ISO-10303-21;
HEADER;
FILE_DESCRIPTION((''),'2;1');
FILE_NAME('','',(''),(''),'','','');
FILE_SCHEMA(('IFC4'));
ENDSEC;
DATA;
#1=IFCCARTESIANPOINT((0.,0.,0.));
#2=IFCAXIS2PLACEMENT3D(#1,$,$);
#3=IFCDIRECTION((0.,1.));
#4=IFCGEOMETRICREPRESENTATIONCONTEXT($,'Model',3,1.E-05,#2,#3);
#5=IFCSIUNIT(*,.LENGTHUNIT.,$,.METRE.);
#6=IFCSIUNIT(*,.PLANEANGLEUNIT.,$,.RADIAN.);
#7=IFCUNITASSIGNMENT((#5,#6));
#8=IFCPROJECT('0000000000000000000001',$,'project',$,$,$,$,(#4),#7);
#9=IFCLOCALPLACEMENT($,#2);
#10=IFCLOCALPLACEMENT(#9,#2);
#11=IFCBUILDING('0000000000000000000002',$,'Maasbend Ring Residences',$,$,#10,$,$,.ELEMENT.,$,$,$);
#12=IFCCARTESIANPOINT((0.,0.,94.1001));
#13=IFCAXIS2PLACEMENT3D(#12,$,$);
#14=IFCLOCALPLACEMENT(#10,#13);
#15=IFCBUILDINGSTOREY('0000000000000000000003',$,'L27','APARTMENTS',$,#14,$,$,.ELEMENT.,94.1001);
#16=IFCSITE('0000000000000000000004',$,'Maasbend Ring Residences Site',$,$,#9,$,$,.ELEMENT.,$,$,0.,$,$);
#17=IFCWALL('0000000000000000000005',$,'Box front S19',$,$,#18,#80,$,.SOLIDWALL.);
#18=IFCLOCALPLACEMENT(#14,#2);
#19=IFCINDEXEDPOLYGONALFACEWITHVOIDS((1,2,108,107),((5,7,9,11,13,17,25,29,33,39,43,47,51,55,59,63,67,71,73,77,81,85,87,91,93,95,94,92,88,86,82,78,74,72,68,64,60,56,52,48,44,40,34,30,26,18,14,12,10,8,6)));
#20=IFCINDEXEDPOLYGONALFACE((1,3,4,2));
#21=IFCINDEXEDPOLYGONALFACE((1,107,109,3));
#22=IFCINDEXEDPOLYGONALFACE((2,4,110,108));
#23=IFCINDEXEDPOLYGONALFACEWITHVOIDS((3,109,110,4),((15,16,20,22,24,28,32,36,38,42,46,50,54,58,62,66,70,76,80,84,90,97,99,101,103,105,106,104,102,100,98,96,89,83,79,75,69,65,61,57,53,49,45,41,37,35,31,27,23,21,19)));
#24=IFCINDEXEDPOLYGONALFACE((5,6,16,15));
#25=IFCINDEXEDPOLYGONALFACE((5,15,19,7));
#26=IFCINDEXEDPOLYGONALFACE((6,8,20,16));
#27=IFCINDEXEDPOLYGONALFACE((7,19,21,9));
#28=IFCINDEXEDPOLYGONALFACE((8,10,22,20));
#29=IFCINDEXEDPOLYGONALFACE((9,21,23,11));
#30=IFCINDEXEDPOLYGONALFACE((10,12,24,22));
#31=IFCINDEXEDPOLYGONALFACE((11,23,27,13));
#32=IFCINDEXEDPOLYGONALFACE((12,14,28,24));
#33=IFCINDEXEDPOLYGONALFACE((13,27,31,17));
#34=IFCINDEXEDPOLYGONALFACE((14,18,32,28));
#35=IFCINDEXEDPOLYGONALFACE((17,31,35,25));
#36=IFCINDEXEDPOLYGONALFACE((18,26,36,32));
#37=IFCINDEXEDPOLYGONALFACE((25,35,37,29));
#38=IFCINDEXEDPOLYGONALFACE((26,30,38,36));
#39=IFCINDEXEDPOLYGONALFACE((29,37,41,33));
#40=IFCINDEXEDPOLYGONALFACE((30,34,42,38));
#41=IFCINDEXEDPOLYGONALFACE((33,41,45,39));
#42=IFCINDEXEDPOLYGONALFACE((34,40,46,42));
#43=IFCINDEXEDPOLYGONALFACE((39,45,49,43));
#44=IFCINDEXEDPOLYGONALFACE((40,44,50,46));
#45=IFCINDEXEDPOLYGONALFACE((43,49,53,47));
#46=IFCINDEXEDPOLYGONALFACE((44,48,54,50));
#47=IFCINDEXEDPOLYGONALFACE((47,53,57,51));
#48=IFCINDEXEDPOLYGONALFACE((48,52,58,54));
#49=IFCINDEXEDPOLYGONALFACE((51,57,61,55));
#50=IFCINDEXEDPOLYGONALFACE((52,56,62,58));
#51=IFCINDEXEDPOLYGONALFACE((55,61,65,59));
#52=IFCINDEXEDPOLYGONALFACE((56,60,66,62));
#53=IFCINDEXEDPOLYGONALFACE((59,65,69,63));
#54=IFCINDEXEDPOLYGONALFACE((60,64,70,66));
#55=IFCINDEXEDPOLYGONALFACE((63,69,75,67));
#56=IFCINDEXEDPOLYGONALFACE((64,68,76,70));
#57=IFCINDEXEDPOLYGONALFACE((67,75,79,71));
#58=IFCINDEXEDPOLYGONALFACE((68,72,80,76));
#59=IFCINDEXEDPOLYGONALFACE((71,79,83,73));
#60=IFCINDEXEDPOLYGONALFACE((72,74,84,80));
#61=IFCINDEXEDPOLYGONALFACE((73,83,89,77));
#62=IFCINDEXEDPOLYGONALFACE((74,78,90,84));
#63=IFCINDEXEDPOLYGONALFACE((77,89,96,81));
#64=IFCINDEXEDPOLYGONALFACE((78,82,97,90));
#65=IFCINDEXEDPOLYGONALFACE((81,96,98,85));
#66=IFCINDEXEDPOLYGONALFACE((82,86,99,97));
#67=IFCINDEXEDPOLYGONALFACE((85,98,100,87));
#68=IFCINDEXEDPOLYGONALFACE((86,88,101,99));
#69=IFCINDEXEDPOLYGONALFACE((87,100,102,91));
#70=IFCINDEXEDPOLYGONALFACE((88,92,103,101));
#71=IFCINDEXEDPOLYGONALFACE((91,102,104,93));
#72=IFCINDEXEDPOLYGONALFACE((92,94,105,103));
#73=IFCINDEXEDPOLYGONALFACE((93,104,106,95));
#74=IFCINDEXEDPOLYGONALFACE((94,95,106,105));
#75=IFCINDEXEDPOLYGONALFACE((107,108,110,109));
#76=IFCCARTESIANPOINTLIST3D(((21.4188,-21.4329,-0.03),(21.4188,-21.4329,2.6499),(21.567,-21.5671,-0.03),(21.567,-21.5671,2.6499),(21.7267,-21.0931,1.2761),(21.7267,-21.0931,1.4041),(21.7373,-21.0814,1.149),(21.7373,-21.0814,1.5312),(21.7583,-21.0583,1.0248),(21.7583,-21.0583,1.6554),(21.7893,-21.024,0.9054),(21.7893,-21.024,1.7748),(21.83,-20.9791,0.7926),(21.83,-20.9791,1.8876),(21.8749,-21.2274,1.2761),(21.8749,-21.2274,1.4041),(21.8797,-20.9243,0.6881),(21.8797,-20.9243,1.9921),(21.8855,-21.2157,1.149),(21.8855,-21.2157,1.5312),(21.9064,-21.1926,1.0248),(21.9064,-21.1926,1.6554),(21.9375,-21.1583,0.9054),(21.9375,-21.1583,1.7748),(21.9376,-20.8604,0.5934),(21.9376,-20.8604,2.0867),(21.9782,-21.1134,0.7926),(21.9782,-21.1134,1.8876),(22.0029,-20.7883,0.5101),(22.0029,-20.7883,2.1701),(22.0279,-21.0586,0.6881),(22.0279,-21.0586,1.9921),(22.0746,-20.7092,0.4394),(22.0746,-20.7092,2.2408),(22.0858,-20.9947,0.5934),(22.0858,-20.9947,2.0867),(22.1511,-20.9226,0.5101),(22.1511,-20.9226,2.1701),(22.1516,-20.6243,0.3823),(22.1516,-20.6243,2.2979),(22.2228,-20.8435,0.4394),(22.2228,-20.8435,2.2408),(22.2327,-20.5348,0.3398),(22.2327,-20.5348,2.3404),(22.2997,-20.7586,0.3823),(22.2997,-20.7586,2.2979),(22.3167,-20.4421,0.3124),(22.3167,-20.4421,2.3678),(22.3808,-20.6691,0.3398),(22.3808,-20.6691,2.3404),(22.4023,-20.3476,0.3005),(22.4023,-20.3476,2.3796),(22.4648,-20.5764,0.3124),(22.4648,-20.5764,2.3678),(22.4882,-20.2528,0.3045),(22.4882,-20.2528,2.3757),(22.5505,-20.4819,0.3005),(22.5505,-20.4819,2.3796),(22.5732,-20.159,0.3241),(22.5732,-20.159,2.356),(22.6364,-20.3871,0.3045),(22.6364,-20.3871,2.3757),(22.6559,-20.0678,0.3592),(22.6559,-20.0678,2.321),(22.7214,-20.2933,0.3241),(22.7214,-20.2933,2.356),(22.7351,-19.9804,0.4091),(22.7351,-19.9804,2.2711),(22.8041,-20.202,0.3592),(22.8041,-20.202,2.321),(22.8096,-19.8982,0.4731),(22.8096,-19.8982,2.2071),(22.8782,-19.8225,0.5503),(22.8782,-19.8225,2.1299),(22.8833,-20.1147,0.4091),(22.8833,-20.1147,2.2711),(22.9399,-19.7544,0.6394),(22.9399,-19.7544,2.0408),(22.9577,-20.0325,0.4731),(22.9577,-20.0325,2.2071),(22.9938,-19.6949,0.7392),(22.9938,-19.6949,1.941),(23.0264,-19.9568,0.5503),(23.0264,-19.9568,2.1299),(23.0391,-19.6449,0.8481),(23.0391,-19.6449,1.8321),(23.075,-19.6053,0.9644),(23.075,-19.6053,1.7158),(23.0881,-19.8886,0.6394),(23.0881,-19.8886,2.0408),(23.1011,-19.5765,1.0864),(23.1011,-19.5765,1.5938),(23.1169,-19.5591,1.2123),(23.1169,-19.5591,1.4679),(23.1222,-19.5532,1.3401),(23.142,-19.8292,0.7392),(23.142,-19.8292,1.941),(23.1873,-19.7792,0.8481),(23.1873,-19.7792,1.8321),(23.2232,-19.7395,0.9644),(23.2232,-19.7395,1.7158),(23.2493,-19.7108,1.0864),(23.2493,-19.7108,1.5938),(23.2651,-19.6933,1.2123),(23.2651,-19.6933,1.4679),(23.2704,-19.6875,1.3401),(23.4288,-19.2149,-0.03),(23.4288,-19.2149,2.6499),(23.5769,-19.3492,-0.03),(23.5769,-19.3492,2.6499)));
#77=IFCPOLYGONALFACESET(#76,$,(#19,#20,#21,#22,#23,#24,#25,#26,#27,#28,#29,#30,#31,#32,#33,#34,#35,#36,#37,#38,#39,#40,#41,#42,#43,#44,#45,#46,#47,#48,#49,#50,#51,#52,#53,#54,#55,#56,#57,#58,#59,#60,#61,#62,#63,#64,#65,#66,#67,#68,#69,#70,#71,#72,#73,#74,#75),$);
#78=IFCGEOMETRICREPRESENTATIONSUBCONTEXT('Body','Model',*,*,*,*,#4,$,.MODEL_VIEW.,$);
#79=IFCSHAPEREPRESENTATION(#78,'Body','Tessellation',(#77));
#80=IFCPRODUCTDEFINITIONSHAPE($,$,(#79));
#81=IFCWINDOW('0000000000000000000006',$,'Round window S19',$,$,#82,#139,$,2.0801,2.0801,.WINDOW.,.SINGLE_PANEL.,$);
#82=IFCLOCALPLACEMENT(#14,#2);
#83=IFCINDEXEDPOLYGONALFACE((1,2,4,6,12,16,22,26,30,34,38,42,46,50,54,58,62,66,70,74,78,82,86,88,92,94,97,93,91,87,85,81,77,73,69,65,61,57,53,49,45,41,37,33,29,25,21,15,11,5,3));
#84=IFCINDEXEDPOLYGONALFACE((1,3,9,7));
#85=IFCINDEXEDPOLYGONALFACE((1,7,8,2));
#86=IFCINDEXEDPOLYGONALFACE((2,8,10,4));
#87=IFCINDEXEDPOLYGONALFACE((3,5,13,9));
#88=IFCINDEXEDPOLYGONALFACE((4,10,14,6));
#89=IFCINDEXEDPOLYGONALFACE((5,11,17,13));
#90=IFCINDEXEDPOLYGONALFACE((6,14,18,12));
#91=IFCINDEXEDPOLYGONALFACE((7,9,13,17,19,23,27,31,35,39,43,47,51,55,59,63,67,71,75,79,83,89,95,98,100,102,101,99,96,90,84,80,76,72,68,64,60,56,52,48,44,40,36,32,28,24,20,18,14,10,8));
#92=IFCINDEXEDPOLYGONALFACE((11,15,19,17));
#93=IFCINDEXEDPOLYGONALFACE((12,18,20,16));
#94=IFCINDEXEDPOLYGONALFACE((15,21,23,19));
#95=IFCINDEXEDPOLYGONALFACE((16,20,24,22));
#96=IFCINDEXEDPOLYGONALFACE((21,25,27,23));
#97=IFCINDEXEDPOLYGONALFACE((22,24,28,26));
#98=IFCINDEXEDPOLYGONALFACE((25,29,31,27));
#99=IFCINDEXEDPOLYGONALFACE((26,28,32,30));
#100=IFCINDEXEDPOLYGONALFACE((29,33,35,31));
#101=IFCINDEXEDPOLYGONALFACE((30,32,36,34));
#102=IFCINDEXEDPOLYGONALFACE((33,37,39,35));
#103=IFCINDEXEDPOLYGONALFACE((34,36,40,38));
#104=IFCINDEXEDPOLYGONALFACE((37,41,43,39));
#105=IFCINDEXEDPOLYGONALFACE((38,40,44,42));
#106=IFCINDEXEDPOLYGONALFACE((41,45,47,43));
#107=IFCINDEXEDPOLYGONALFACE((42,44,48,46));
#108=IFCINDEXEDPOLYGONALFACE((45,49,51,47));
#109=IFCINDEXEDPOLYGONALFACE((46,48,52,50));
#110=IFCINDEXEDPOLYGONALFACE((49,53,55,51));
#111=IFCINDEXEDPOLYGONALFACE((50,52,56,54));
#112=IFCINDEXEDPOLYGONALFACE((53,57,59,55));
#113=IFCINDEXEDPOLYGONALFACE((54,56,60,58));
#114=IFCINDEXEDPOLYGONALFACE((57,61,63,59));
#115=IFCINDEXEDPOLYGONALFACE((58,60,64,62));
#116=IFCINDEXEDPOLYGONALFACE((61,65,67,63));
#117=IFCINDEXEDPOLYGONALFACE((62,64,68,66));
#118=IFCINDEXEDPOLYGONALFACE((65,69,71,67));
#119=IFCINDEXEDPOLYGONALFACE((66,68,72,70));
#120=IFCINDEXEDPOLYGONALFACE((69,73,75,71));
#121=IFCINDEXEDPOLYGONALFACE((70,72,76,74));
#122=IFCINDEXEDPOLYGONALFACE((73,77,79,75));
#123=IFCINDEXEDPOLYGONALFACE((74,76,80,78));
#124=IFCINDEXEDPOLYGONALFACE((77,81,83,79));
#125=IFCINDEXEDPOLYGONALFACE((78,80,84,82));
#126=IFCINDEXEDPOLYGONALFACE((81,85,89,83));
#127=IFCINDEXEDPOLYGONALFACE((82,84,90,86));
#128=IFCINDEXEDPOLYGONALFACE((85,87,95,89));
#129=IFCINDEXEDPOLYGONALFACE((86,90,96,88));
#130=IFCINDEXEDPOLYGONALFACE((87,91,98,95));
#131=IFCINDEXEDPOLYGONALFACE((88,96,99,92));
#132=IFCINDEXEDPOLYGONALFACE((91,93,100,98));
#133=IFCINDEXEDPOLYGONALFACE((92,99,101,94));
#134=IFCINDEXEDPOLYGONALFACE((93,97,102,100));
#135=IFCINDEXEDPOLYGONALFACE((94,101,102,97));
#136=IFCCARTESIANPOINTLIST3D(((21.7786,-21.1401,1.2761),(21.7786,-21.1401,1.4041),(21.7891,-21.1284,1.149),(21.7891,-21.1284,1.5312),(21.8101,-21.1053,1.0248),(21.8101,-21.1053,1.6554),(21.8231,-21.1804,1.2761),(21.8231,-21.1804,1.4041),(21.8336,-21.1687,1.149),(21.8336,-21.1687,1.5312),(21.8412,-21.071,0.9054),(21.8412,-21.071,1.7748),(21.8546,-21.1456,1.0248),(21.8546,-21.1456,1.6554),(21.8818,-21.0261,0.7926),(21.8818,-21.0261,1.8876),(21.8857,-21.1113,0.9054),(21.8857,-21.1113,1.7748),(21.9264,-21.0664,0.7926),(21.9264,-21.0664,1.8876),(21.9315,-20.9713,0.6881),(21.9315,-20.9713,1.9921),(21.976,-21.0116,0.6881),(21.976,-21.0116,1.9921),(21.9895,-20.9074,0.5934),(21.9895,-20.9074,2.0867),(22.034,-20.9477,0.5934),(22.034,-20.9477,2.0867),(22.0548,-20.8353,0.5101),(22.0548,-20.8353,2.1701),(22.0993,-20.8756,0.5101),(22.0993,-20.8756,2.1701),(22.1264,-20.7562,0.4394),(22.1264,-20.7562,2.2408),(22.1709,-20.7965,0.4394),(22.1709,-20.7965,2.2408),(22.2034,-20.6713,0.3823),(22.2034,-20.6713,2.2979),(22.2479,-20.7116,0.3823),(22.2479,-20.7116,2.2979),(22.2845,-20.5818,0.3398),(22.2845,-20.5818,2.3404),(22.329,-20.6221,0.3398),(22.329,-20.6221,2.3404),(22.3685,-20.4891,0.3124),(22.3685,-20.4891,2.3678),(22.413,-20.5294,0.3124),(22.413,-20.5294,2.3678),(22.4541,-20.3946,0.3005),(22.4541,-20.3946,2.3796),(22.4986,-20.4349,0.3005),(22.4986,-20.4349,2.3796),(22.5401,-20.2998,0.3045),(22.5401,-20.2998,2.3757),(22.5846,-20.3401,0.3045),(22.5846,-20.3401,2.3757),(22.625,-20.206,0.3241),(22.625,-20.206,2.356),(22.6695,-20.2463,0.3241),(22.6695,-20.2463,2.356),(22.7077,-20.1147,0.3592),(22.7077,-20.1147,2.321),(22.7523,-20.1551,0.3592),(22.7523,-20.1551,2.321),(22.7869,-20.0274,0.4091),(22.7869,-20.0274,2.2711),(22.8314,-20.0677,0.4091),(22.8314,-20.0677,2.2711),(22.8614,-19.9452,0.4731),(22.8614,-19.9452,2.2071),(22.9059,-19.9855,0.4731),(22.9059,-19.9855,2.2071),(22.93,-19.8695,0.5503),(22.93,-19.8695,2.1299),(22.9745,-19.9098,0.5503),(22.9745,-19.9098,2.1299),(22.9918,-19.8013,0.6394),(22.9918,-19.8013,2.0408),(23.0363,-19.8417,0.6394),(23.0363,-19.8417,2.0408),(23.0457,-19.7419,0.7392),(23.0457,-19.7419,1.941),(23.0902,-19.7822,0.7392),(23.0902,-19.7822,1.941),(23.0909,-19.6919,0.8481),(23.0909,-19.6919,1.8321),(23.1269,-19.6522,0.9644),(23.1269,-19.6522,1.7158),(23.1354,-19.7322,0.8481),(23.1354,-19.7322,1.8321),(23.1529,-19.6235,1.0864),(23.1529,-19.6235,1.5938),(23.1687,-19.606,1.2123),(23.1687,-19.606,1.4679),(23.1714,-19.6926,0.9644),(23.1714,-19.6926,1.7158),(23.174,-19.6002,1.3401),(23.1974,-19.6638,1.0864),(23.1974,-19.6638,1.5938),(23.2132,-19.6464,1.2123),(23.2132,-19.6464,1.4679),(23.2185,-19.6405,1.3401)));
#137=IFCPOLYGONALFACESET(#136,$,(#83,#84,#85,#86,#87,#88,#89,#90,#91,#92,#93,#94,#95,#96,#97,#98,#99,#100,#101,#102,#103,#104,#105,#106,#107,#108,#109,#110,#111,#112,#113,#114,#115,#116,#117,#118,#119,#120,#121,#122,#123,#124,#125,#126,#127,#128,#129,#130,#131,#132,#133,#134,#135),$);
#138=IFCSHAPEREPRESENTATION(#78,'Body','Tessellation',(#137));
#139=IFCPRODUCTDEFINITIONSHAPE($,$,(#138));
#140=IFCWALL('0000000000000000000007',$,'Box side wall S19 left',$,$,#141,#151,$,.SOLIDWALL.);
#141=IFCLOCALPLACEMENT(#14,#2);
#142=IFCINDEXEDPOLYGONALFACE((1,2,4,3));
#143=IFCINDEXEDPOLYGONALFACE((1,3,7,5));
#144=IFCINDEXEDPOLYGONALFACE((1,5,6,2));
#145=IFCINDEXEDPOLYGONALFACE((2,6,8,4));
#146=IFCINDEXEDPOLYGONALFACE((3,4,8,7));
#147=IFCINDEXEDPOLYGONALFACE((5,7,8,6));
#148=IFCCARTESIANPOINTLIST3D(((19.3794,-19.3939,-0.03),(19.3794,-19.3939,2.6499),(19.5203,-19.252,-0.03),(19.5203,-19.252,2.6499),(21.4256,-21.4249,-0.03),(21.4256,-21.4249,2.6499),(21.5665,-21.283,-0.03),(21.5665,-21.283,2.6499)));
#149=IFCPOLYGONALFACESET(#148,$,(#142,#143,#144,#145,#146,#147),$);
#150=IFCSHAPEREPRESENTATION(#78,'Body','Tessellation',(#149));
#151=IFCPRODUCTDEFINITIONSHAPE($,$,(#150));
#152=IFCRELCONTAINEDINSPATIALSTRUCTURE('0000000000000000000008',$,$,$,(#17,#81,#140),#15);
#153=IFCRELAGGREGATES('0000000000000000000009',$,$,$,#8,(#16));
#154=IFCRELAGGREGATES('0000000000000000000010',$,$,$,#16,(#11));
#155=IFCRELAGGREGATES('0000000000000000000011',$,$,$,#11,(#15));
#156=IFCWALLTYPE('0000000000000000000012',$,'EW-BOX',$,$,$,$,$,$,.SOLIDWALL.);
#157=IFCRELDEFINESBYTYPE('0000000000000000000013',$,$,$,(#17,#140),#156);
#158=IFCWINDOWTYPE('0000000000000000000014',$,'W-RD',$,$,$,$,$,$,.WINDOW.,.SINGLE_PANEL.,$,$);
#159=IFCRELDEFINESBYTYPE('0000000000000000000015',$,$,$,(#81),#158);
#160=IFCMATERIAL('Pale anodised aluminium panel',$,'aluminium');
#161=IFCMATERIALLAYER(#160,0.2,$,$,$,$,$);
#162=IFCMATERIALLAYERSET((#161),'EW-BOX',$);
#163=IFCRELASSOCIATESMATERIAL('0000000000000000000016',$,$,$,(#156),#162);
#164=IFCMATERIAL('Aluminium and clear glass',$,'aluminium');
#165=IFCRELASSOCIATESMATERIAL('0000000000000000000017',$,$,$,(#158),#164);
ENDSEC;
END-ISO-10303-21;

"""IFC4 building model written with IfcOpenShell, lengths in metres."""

from ifc_helpers import new_model, si_unit, direction, frame, frame_2d, origin, place, context, subcontext, project, spatial, rectangle, circle, extrude, material, layer, layer_set, type_object, element, fill, save


model = new_model("IFC4")

# Units and contexts
model_context = context("Model", 3, precision=1e-05, world=origin(), true_north=direction((0.0, 1.0)))
body_context = subcontext(model_context, "Body", "Model", "MODEL_VIEW")
ifc_project = project(units=[si_unit("LENGTHUNIT", "METRE"), si_unit("PLANEANGLEUNIT", "RADIAN")], contexts=[model_context])

# Site, building, storey
site_placement = place(None, origin())
site = spatial("IfcSite", under=ifc_project, at=site_placement, Name="Maasbend Ring Residences Site", CompositionType="ELEMENT", RefElevation=0.0)
building_placement = place(site_placement, origin())
building = spatial("IfcBuilding", under=site, at=building_placement, Name="Maasbend Ring Residences", CompositionType="ELEMENT")
storey_placement = place(building_placement, frame((0.0, 0.0, 94.1001)))
storey = spatial("IfcBuildingStorey", under=building, at=storey_placement, Name="L27", Description="APARTMENTS", CompositionType="ELEMENT", Elevation=94.1001)

# Shared definitions
ifc_material_1 = material(Name="Pale anodised aluminium panel", Category="aluminium")
ifc_layer_1 = layer(ifc_material_1, 0.2)
ifc_layer_set_1 = layer_set([ifc_layer_1], Name="EW-BOX")
wall_type_1 = type_object("IfcWallType", Name="EW-BOX", PredefinedType="SOLIDWALL", material=ifc_layer_set_1)
ifc_material_2 = material(Name="Aluminium and clear glass", Category="aluminium")
window_type_1 = type_object("IfcWindowType", Name="W-RD", PartitioningType="SINGLE_PANEL", PredefinedType="WINDOW", material=ifc_material_2)

# Wall, opening, window
wall_1_placement = place(storey_placement, frame((21.4929, -21.5, -0.03), z_axis=(0.0, 0.0, 1.0), x_axis=(0.671507, 0.740998, 0.0)))
wall_1 = element("IfcWall", 1, at=wall_1_placement, inside=storey, type_object=wall_type_1, Name="Box front S19", PredefinedType="SOLIDWALL", context=body_context, shape_type="SweptSolid", body=[
    extrude(rectangle(XDim=2.9932, YDim=0.2, at=frame_2d((1.4966, 0.0))), origin(), (0.0, 0.0, 1.0), 2.6799),
])
opening_1_placement = place(wall_1_placement, frame((0.4565, 0.0, 0.3301)))
opening_1 = element("IfcOpeningElement", 2, at=opening_1_placement, cuts=wall_1, PredefinedType="OPENING", context=body_context, shape_type="SweptSolid", body=[
    extrude(circle(Radius=1.04, at=frame_2d((1.04, 1.04))), frame((0.0, 0.1099, 0.0), z_axis=(0.0, -1.0, 0.0), x_axis=(1.0, 0.0, 0.0)), (0.0, 0.0, 1.0), 0.22),
])
window_1_placement = place(opening_1_placement, origin())
window_1 = element("IfcWindow", 3, at=window_1_placement, inside=storey, type_object=window_type_1, Name="Round window S19", OverallHeight=2.0801, OverallWidth=2.0801, PartitioningType="SINGLE_PANEL", PredefinedType="WINDOW", context=body_context, shape_type="SweptSolid", body=[
    extrude(circle(Radius=1.04, at=frame_2d((1.04, 1.04))), frame((0.0, 0.03, 0.0), z_axis=(0.0, -1.0, 0.0), x_axis=(1.0, 0.0, 0.0)), (0.0, 0.0, 1.0), 0.0601),
])
fill(opening_1, window_1)

# Wall
wall_2_placement = place(storey_placement, frame((19.45, -19.323, -0.03), z_axis=(0.0, 0.0, 1.0), x_axis=(0.709727, -0.704477, 0.0)))
element("IfcWall", 4, at=wall_2_placement, inside=storey, type_object=wall_type_1, Name="Box side wall S19 left", PredefinedType="SOLIDWALL", context=body_context, shape_type="SweptSolid", body=[
    extrude(rectangle(XDim=2.8831, YDim=0.2, at=frame_2d((1.4414, 0.0))), origin(), (0.0, 0.0, 1.0), 2.6799),
])

save(model, "model.ifc")
